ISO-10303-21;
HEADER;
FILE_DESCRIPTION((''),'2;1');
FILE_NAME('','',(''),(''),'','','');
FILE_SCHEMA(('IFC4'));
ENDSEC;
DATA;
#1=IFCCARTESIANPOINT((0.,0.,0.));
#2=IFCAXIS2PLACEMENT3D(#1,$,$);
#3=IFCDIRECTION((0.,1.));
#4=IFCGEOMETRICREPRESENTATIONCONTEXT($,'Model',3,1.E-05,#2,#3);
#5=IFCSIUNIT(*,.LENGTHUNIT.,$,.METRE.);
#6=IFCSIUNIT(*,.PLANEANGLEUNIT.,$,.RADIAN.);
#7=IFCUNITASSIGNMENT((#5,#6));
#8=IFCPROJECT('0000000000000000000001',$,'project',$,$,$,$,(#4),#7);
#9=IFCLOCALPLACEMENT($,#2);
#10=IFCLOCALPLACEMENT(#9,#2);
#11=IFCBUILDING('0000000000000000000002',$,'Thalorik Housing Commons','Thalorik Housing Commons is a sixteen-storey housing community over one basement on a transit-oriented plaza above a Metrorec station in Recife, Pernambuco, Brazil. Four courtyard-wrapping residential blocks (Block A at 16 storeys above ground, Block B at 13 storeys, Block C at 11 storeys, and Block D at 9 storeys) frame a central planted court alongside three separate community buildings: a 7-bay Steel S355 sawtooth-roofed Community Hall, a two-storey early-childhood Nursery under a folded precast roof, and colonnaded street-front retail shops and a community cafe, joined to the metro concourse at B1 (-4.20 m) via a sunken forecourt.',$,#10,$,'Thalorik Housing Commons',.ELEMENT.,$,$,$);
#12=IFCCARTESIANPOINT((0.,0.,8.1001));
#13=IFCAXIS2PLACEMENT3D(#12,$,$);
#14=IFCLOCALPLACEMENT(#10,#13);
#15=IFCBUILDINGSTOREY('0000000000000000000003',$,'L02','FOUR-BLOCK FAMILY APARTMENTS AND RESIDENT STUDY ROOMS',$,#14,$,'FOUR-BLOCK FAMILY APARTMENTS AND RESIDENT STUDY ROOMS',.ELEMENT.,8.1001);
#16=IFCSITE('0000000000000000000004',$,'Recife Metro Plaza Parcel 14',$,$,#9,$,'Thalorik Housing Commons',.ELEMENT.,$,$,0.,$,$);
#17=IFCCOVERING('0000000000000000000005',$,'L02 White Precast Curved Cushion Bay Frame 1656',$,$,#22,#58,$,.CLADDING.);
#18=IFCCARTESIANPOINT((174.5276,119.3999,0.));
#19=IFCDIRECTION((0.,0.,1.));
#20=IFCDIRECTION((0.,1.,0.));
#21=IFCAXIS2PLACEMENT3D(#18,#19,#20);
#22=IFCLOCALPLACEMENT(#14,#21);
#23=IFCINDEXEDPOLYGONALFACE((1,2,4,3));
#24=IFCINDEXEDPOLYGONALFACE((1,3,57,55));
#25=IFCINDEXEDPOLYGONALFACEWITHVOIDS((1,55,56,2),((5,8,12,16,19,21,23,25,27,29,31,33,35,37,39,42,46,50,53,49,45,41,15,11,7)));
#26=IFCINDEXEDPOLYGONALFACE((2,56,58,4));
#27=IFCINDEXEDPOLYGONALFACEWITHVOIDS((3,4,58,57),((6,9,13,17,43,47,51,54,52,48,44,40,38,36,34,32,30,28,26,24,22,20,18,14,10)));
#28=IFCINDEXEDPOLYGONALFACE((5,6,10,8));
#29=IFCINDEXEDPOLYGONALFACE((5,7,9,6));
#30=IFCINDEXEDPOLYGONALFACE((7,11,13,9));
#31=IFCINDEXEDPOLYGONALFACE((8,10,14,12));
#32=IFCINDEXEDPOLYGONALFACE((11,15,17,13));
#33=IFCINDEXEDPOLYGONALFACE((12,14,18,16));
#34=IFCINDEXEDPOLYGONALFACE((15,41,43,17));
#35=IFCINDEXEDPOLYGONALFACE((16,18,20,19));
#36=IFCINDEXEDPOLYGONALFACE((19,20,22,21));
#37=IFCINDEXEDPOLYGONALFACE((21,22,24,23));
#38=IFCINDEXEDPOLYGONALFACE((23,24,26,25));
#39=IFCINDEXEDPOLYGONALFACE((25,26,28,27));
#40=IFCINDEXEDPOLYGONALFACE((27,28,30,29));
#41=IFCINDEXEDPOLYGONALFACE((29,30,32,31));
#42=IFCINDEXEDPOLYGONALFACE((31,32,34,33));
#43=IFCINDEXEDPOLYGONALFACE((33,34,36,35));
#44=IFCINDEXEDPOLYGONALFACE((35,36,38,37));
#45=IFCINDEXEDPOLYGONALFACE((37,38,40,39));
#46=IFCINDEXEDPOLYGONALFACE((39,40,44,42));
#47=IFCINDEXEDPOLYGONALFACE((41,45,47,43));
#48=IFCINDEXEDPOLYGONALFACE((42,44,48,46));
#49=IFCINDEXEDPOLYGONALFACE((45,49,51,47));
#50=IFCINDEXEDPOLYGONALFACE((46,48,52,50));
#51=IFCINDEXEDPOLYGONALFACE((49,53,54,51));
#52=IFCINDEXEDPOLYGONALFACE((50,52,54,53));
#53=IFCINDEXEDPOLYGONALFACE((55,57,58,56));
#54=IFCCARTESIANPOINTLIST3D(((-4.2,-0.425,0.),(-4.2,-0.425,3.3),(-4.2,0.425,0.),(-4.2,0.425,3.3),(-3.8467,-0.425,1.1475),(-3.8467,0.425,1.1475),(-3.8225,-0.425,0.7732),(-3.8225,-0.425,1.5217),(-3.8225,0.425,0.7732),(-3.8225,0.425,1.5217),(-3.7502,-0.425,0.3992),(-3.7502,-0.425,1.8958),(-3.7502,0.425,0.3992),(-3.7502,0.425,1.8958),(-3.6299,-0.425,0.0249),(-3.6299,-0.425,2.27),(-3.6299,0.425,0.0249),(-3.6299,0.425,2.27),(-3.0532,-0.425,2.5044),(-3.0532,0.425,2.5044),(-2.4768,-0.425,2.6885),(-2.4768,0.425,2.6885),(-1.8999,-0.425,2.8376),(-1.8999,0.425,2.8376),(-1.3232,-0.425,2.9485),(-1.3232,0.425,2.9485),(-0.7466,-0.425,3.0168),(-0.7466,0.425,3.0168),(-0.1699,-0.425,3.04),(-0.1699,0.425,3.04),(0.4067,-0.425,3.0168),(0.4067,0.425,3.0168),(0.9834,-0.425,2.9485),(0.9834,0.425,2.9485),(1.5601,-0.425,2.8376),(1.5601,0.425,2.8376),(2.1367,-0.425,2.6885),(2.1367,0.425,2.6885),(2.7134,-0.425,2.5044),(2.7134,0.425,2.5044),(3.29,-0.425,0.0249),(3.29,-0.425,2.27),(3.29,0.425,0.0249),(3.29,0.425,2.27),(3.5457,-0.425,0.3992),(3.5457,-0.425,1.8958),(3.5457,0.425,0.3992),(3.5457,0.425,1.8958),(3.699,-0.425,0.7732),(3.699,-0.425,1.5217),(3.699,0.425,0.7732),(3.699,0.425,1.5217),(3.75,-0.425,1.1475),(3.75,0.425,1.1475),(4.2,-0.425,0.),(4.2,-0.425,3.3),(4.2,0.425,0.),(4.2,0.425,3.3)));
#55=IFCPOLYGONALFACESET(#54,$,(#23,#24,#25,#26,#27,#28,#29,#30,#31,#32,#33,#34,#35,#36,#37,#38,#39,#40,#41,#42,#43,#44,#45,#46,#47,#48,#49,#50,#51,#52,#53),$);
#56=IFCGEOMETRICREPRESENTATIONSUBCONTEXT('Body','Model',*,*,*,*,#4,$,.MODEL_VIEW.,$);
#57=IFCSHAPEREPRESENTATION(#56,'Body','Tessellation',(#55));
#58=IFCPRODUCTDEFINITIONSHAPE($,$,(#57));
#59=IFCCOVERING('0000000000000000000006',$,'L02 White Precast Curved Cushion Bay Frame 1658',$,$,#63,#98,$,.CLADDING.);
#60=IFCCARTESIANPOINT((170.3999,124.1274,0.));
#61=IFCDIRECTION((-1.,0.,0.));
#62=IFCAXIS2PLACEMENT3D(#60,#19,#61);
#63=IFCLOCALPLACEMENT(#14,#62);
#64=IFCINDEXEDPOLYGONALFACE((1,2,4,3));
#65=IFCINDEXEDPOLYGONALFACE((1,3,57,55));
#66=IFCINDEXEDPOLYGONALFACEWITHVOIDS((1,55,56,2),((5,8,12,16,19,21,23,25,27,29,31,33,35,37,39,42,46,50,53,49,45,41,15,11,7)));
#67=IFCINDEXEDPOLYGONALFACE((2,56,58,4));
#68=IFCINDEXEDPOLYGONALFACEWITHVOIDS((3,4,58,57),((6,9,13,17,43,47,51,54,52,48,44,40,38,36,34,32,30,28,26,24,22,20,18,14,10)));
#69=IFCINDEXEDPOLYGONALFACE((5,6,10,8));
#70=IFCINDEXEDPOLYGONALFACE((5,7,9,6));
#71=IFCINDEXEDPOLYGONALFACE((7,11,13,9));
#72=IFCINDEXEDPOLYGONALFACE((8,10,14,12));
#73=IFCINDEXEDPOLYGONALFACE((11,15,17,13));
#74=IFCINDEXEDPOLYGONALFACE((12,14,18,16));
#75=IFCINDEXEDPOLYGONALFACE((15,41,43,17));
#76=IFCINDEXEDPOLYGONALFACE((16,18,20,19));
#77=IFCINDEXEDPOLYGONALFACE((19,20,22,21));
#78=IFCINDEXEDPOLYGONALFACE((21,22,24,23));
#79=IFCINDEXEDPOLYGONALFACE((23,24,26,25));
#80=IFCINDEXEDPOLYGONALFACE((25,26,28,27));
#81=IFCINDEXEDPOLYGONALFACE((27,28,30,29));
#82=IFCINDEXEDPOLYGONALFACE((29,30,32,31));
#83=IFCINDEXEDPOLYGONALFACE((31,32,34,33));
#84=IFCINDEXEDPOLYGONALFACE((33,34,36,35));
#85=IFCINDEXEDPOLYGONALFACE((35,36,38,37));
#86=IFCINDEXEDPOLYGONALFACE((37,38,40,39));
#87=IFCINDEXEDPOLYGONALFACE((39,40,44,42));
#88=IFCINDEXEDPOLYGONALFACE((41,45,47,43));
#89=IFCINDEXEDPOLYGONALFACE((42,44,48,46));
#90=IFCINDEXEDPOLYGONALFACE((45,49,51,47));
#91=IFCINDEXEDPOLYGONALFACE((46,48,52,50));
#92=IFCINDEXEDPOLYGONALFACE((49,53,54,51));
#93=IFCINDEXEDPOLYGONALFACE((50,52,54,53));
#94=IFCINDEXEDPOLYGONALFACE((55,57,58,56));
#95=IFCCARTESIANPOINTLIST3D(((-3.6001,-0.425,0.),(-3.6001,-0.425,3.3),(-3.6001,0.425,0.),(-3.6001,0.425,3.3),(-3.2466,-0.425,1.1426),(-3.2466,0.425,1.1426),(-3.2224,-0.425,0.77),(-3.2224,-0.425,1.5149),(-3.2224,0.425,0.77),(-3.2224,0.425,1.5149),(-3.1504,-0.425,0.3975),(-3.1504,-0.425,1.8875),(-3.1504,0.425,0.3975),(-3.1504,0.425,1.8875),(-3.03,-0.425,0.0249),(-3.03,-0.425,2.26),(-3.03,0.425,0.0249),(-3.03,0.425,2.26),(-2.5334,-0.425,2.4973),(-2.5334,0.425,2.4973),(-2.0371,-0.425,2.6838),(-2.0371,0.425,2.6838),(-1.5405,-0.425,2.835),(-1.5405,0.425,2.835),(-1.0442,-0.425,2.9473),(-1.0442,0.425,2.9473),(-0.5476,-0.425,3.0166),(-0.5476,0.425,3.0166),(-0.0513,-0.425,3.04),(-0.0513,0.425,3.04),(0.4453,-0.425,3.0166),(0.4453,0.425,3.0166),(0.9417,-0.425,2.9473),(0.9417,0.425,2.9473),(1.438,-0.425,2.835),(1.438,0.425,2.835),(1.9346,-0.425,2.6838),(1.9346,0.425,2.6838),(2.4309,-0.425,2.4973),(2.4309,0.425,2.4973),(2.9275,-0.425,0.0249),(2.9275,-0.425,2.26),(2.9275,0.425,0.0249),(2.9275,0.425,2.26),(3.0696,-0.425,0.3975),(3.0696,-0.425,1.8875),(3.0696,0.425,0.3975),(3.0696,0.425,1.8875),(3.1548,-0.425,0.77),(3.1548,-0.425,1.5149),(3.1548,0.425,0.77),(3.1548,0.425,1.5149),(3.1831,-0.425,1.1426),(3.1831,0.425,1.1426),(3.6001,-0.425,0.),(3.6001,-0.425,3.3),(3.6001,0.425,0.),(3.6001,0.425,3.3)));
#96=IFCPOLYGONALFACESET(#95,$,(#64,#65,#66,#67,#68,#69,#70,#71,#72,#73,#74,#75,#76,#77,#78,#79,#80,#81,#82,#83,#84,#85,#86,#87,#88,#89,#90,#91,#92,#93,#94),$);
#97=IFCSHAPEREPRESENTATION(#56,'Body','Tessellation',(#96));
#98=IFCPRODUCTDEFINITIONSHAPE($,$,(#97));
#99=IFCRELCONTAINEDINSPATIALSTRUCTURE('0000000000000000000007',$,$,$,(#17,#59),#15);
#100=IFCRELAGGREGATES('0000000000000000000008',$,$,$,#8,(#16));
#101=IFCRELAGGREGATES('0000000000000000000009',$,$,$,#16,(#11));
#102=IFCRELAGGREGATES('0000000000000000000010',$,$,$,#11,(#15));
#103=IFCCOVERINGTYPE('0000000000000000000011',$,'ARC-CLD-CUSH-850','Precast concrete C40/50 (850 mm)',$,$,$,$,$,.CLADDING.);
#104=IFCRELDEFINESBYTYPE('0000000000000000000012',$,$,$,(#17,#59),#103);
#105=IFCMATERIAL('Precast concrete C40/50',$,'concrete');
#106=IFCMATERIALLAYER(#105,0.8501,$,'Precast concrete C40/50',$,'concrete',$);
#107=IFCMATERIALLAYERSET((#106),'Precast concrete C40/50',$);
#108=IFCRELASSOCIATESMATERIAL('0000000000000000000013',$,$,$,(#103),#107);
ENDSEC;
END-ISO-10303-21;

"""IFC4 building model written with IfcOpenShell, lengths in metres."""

from ifc_helpers import new_model, si_unit, direction, frame, origin, place, context, subcontext, project, spatial, polyline, outline, extrude, material, layer, layer_set, type_object, element, save


model = new_model("IFC4")

# Units and contexts
model_context = context("Model", 3, precision=1e-05, world=origin(), true_north=direction((0.0, 1.0)))
body_context = subcontext(model_context, "Body", "Model", "MODEL_VIEW")
ifc_project = project(units=[si_unit("LENGTHUNIT", "METRE"), si_unit("PLANEANGLEUNIT", "RADIAN")], contexts=[model_context])

# Site, building, storey
site_placement = place(None, origin())
site = spatial("IfcSite", under=ifc_project, at=site_placement, Name="Recife Metro Plaza Parcel 14", LongName="Thalorik Housing Commons", CompositionType="ELEMENT", RefElevation=0.0)
building_placement = place(site_placement, origin())
building = spatial("IfcBuilding", under=site, at=building_placement, Name="Thalorik Housing Commons", Description="Thalorik Housing Commons is a sixteen-storey housing community over one basement on a transit-oriented plaza above a Metrorec station in Recife, Pernambuco, Brazil. Four courtyard-wrapping residential blocks (Block A at 16 storeys above ground, Block B at 13 storeys, Block C at 11 storeys, and Block D at 9 storeys) frame a central planted court alongside three separate community buildings: a 7-bay Steel S355 sawtooth-roofed Community Hall, a two-storey early-childhood Nursery under a folded precast roof, and colonnaded street-front retail shops and a community cafe, joined to the metro concourse at B1 (-4.20 m) via a sunken forecourt.", LongName="Thalorik Housing Commons", CompositionType="ELEMENT")
storey_placement = place(building_placement, frame((0.0, 0.0, 8.1001)))
storey = spatial("IfcBuildingStorey", under=building, at=storey_placement, Name="L02", Description="FOUR-BLOCK FAMILY APARTMENTS AND RESIDENT STUDY ROOMS", LongName="FOUR-BLOCK FAMILY APARTMENTS AND RESIDENT STUDY ROOMS", CompositionType="ELEMENT", Elevation=8.1001)

# Shared definitions
ifc_material_1 = material(Name="Precast concrete C40/50", Category="concrete")

# Coverings
ifc_layer_1 = layer(ifc_material_1, 0.8501, Name="Precast concrete C40/50", Category="concrete")
ifc_layer_set_1 = layer_set([ifc_layer_1], Name="Precast concrete C40/50")
covering_type_1 = type_object("IfcCoveringType", Name="ARC-CLD-CUSH-850", Description="Precast concrete C40/50 (850 mm)", PredefinedType="CLADDING", material=ifc_layer_set_1)
covering_1_placement = place(storey_placement, frame((174.5276, 119.3999, 0.0), z_axis=(0.0, 0.0, 1.0), x_axis=(0.0, 1.0, 0.0)))
element("IfcCovering", 1, at=covering_1_placement, inside=storey, type_object=covering_type_1, Name="L02 White Precast Curved Cushion Bay Frame 1656", PredefinedType="CLADDING", context=body_context, shape_type="SweptSolid", body=[
    extrude(outline(polyline([(-4.2, 0.0), (4.2, 0.0), (4.2, 3.3), (-4.2, 3.3), (-4.2, 0.0)]), holes=[polyline([(3.29, 0.0249), (3.5457, 0.3992), (3.699, 0.7732), (3.75, 1.1475), (3.699, 1.5217), (3.5457, 1.8958), (3.29, 2.27), (2.7134, 2.5044), (2.1367, 2.6885), (1.5601, 2.8376), (0.9834, 2.9485), (0.4067, 3.0168), (-0.1699, 3.04), (-0.7466, 3.0168), (-1.3232, 2.9485), (-1.8999, 2.8376), (-2.4768, 2.6885), (-3.0532, 2.5044), (-3.6299, 2.27), (-3.7502, 1.8958), (-3.8225, 1.5217), (-3.8467, 1.1475), (-3.8225, 0.7732), (-3.7502, 0.3992), (-3.6299, 0.0249), (3.29, 0.0249)])]), frame((0.0, 0.425, 0.0), z_axis=(0.0, -1.0, 0.0), x_axis=(1.0, 0.0, 0.0)), (0.0, 0.0, 1.0), 0.8501),
])
covering_2_placement = place(storey_placement, frame((170.3999, 124.1274, 0.0), z_axis=(0.0, 0.0, 1.0), x_axis=(-1.0, 0.0, 0.0)))
element("IfcCovering", 2, at=covering_2_placement, inside=storey, type_object=covering_type_1, Name="L02 White Precast Curved Cushion Bay Frame 1658", PredefinedType="CLADDING", context=body_context, shape_type="SweptSolid", body=[
    extrude(outline(polyline([(-3.6001, 0.0), (3.6001, 0.0), (3.6001, 3.3), (-3.6001, 3.3), (-3.6001, 0.0)]), holes=[polyline([(2.9275, 0.0249), (3.0696, 0.3975), (3.1548, 0.77), (3.1831, 1.1426), (3.1548, 1.5149), (3.0696, 1.8875), (2.9275, 2.26), (2.4309, 2.4973), (1.9346, 2.6838), (1.438, 2.835), (0.9417, 2.9473), (0.4453, 3.0166), (-0.0513, 3.04), (-0.5476, 3.0166), (-1.0442, 2.9473), (-1.5405, 2.835), (-2.0371, 2.6838), (-2.5334, 2.4973), (-3.03, 2.26), (-3.1504, 1.8875), (-3.2224, 1.5149), (-3.2466, 1.1426), (-3.2224, 0.77), (-3.1504, 0.3975), (-3.03, 0.0249), (2.9275, 0.0249)])]), frame((0.0, 0.425, 0.0), z_axis=(0.0, -1.0, 0.0), x_axis=(1.0, 0.0, 0.0)), (0.0, 0.0, 1.0), 0.8501),
])

save(model, "model.ifc")
